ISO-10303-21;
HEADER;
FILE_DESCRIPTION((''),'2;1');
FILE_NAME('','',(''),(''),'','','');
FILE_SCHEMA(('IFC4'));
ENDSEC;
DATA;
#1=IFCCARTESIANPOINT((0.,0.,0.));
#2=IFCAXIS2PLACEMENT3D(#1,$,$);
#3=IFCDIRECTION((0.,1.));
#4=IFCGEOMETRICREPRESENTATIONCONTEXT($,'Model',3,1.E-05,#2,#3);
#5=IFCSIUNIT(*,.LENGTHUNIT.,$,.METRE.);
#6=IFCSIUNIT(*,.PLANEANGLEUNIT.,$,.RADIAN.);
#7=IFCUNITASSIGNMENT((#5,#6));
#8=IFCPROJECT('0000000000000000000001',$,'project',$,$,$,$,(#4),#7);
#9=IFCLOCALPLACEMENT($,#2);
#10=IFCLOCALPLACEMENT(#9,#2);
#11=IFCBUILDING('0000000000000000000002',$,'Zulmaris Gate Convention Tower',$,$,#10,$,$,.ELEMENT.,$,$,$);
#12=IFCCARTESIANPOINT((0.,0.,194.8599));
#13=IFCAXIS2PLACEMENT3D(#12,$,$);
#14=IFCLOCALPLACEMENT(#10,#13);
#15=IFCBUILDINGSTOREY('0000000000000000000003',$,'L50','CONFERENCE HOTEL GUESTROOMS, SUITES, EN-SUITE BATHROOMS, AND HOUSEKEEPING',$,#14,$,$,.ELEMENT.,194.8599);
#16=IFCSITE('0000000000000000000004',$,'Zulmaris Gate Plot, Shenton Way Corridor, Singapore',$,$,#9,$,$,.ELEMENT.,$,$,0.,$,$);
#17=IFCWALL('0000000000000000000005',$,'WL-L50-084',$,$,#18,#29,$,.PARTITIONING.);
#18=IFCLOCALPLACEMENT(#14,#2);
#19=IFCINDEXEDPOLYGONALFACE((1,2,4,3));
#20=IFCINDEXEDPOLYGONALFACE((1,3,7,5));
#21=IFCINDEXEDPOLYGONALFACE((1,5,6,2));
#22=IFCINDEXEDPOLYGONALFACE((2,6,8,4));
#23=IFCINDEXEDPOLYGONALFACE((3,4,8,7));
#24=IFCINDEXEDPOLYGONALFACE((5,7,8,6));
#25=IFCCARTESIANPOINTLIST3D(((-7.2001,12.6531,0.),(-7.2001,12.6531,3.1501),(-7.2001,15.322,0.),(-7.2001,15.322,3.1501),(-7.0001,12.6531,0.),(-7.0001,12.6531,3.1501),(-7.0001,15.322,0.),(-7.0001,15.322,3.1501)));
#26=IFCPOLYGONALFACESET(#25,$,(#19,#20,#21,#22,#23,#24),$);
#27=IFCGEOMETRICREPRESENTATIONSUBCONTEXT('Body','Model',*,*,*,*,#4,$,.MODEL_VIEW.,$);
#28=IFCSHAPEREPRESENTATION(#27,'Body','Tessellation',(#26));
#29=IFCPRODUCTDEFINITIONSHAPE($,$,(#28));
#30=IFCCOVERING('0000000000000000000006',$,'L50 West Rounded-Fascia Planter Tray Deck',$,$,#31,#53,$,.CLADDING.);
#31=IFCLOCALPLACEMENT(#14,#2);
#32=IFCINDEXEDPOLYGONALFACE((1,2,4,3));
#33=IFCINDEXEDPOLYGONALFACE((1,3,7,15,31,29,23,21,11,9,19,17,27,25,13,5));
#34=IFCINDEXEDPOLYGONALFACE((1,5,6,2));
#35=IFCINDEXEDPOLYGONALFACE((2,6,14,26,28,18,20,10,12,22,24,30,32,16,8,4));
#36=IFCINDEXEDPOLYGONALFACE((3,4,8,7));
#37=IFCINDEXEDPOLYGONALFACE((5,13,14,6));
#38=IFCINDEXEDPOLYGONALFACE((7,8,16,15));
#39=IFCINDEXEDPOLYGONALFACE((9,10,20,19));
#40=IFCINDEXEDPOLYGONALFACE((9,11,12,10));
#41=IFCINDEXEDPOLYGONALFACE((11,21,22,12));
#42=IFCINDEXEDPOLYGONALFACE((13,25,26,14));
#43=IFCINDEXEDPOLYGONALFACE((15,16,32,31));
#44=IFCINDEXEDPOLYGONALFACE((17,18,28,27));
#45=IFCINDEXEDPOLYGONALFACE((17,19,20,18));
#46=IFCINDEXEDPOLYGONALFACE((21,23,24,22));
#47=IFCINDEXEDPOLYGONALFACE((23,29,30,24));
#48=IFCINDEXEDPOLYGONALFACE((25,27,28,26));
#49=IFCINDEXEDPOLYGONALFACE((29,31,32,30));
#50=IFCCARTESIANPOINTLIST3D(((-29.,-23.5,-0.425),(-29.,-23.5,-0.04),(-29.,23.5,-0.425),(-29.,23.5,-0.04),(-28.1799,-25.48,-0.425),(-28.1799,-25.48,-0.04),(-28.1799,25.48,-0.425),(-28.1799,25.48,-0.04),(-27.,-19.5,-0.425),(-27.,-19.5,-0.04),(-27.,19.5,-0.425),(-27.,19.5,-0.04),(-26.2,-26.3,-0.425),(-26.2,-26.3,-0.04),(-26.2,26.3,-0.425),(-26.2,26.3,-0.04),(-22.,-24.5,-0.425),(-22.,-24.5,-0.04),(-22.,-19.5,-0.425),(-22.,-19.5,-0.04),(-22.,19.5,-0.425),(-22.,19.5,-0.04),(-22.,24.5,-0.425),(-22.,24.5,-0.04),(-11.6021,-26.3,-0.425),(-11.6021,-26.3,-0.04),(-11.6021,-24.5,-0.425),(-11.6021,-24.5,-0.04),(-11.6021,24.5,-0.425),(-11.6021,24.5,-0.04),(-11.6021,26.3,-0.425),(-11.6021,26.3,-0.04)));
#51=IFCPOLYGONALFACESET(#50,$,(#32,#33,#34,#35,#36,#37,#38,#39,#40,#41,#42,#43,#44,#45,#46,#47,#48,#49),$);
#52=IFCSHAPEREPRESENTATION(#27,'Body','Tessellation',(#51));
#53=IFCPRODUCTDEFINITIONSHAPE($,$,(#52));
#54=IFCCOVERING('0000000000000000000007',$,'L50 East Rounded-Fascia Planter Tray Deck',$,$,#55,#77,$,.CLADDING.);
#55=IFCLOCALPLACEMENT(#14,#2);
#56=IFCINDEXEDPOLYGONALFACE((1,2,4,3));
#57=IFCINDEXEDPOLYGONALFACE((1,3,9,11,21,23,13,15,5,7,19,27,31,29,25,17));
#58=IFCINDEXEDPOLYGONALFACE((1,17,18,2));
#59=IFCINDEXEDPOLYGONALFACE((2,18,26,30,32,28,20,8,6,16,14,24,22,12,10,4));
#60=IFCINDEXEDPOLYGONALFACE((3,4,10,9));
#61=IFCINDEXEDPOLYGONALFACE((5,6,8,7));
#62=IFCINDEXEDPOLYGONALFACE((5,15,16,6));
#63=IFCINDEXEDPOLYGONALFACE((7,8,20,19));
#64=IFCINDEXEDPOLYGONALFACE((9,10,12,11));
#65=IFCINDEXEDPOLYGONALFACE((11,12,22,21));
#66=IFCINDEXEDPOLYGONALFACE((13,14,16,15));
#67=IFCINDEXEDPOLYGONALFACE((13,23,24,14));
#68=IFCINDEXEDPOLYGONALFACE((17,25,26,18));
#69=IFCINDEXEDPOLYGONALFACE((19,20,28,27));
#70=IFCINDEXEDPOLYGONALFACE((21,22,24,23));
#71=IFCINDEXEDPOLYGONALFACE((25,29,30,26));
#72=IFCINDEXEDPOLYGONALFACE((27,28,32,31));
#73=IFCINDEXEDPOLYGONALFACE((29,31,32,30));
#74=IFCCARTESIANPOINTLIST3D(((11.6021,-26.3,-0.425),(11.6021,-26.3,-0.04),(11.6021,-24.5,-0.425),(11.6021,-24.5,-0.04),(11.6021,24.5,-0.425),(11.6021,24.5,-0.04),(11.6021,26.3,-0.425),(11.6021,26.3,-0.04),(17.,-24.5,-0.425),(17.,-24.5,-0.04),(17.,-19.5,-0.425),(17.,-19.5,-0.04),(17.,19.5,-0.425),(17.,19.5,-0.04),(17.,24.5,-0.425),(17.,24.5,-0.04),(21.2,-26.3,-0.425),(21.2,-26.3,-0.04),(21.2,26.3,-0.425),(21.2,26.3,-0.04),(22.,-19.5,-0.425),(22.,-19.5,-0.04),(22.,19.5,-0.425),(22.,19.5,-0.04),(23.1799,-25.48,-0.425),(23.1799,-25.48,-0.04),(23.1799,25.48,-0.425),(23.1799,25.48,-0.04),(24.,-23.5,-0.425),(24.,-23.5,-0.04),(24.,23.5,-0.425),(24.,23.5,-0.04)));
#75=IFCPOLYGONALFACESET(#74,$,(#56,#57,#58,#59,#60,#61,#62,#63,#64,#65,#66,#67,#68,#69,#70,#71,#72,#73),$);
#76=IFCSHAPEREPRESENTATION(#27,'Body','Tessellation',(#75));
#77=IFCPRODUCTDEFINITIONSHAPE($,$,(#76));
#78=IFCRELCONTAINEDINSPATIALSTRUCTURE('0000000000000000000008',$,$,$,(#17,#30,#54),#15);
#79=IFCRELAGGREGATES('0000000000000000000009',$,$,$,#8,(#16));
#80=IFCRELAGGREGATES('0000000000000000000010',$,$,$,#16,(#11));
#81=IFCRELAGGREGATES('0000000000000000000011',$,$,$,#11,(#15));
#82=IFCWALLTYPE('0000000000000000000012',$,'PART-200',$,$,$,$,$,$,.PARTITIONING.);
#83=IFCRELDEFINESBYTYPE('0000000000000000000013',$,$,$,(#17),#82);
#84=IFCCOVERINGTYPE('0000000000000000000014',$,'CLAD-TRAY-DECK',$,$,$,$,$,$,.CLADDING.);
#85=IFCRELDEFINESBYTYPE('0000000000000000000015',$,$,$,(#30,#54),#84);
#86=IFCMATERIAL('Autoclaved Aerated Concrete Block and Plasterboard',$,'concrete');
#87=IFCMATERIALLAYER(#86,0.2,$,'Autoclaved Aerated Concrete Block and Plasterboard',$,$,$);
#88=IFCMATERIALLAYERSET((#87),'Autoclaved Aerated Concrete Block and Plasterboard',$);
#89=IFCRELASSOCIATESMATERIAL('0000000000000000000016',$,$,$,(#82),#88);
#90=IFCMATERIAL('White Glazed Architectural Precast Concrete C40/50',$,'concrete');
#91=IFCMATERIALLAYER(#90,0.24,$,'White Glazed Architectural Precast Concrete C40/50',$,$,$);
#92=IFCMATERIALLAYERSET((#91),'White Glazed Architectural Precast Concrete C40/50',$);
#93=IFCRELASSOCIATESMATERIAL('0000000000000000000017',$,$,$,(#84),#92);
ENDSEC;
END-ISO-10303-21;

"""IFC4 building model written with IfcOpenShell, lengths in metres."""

from ifc_helpers import new_model, si_unit, direction, frame, frame_2d, origin, place, context, subcontext, project, spatial, polyline, rectangle, outline, extrude, material, layer, layer_set, type_object, element, save


model = new_model("IFC4")

# Units and contexts
model_context = context("Model", 3, precision=1e-05, world=origin(), true_north=direction((0.0, 1.0)))
body_context = subcontext(model_context, "Body", "Model", "MODEL_VIEW")
ifc_project = project(units=[si_unit("LENGTHUNIT", "METRE"), si_unit("PLANEANGLEUNIT", "RADIAN")], contexts=[model_context])

# Site, building, storey
site_placement = place(None, origin())
site = spatial("IfcSite", under=ifc_project, at=site_placement, Name="Zulmaris Gate Plot, Shenton Way Corridor, Singapore", CompositionType="ELEMENT", RefElevation=0.0)
building_placement = place(site_placement, origin())
building = spatial("IfcBuilding", under=site, at=building_placement, Name="Zulmaris Gate Convention Tower", CompositionType="ELEMENT")
storey_placement = place(building_placement, frame((0.0, 0.0, 194.8599)))
storey = spatial("IfcBuildingStorey", under=building, at=storey_placement, Name="L50", Description="CONFERENCE HOTEL GUESTROOMS, SUITES, EN-SUITE BATHROOMS, AND HOUSEKEEPING", CompositionType="ELEMENT", Elevation=194.8599)

# Wall
ifc_material_1 = material(Name="Autoclaved Aerated Concrete Block and Plasterboard", Category="concrete")
ifc_layer_1 = layer(ifc_material_1, 0.2, Name="Autoclaved Aerated Concrete Block and Plasterboard")
ifc_layer_set_1 = layer_set([ifc_layer_1], Name="Autoclaved Aerated Concrete Block and Plasterboard")
wall_type_1 = type_object("IfcWallType", Name="PART-200", PredefinedType="PARTITIONING", material=ifc_layer_set_1)
for number, where, z_axis, x_axis, name in (
    (1, (-7.1001, 12.6531, 0.0), (0.0, 0.0, 1.0), (0.0, 1.0, 0.0), "WL-L50-084"),
):
    element("IfcWall", number, at=place(storey_placement, frame(where, z_axis=z_axis, x_axis=x_axis)), inside=storey, type_object=wall_type_1, Name=name, PredefinedType="PARTITIONING", context=body_context, shape_type="SweptSolid", body=[
        extrude(rectangle(XDim=2.6689, YDim=0.2, at=frame_2d((1.3345, 0.0))), origin(), (0.0, 0.0, 1.0), 3.1501),
    ])

# Coverings
ifc_material_2 = material(Name="White Glazed Architectural Precast Concrete C40/50", Category="concrete")
ifc_layer_2 = layer(ifc_material_2, 0.24, Name="White Glazed Architectural Precast Concrete C40/50")
ifc_layer_set_2 = layer_set([ifc_layer_2], Name="White Glazed Architectural Precast Concrete C40/50")
covering_type = type_object("IfcCoveringType", Name="CLAD-TRAY-DECK", PredefinedType="CLADDING", material=ifc_layer_set_2)
covering_1_placement = place(storey_placement, frame((0.0, 0.0, -0.425)))
element("IfcCovering", 2, at=covering_1_placement, inside=storey, type_object=covering_type, Name="L50 West Rounded-Fascia Planter Tray Deck", PredefinedType="CLADDING", context=body_context, shape_type="SweptSolid", body=[
    extrude(outline(polyline([(-29.0, 23.5), (-28.1799, 25.48), (-26.2, 26.3), (-11.6021, 26.3), (-11.6021, 24.5), (-22.0, 24.5), (-22.0, 19.5), (-27.0, 19.5), (-27.0, -19.5), (-22.0, -19.5), (-22.0, -24.5), (-11.6021, -24.5), (-11.6021, -26.3), (-26.2, -26.3), (-28.1799, -25.48), (-29.0, -23.5), (-29.0, 23.5)])), origin(), (0.0, 0.0, 1.0), 0.385),
])
covering_2_placement = place(storey_placement, frame((0.0, 0.0, -0.425)))
element("IfcCovering", 3, at=covering_2_placement, inside=storey, type_object=covering_type, Name="L50 East Rounded-Fascia Planter Tray Deck", PredefinedType="CLADDING", context=body_context, shape_type="SweptSolid", body=[
    extrude(outline(polyline([(21.2, 26.3), (23.1799, 25.48), (24.0, 23.5), (24.0, -23.5), (23.1799, -25.48), (21.2, -26.3), (11.6021, -26.3), (11.6021, -24.5), (17.0, -24.5), (17.0, -19.5), (22.0, -19.5), (22.0, 19.5), (17.0, 19.5), (17.0, 24.5), (11.6021, 24.5), (11.6021, 26.3), (21.2, 26.3)])), origin(), (0.0, 0.0, 1.0), 0.385),
])

save(model, "model.ifc")
